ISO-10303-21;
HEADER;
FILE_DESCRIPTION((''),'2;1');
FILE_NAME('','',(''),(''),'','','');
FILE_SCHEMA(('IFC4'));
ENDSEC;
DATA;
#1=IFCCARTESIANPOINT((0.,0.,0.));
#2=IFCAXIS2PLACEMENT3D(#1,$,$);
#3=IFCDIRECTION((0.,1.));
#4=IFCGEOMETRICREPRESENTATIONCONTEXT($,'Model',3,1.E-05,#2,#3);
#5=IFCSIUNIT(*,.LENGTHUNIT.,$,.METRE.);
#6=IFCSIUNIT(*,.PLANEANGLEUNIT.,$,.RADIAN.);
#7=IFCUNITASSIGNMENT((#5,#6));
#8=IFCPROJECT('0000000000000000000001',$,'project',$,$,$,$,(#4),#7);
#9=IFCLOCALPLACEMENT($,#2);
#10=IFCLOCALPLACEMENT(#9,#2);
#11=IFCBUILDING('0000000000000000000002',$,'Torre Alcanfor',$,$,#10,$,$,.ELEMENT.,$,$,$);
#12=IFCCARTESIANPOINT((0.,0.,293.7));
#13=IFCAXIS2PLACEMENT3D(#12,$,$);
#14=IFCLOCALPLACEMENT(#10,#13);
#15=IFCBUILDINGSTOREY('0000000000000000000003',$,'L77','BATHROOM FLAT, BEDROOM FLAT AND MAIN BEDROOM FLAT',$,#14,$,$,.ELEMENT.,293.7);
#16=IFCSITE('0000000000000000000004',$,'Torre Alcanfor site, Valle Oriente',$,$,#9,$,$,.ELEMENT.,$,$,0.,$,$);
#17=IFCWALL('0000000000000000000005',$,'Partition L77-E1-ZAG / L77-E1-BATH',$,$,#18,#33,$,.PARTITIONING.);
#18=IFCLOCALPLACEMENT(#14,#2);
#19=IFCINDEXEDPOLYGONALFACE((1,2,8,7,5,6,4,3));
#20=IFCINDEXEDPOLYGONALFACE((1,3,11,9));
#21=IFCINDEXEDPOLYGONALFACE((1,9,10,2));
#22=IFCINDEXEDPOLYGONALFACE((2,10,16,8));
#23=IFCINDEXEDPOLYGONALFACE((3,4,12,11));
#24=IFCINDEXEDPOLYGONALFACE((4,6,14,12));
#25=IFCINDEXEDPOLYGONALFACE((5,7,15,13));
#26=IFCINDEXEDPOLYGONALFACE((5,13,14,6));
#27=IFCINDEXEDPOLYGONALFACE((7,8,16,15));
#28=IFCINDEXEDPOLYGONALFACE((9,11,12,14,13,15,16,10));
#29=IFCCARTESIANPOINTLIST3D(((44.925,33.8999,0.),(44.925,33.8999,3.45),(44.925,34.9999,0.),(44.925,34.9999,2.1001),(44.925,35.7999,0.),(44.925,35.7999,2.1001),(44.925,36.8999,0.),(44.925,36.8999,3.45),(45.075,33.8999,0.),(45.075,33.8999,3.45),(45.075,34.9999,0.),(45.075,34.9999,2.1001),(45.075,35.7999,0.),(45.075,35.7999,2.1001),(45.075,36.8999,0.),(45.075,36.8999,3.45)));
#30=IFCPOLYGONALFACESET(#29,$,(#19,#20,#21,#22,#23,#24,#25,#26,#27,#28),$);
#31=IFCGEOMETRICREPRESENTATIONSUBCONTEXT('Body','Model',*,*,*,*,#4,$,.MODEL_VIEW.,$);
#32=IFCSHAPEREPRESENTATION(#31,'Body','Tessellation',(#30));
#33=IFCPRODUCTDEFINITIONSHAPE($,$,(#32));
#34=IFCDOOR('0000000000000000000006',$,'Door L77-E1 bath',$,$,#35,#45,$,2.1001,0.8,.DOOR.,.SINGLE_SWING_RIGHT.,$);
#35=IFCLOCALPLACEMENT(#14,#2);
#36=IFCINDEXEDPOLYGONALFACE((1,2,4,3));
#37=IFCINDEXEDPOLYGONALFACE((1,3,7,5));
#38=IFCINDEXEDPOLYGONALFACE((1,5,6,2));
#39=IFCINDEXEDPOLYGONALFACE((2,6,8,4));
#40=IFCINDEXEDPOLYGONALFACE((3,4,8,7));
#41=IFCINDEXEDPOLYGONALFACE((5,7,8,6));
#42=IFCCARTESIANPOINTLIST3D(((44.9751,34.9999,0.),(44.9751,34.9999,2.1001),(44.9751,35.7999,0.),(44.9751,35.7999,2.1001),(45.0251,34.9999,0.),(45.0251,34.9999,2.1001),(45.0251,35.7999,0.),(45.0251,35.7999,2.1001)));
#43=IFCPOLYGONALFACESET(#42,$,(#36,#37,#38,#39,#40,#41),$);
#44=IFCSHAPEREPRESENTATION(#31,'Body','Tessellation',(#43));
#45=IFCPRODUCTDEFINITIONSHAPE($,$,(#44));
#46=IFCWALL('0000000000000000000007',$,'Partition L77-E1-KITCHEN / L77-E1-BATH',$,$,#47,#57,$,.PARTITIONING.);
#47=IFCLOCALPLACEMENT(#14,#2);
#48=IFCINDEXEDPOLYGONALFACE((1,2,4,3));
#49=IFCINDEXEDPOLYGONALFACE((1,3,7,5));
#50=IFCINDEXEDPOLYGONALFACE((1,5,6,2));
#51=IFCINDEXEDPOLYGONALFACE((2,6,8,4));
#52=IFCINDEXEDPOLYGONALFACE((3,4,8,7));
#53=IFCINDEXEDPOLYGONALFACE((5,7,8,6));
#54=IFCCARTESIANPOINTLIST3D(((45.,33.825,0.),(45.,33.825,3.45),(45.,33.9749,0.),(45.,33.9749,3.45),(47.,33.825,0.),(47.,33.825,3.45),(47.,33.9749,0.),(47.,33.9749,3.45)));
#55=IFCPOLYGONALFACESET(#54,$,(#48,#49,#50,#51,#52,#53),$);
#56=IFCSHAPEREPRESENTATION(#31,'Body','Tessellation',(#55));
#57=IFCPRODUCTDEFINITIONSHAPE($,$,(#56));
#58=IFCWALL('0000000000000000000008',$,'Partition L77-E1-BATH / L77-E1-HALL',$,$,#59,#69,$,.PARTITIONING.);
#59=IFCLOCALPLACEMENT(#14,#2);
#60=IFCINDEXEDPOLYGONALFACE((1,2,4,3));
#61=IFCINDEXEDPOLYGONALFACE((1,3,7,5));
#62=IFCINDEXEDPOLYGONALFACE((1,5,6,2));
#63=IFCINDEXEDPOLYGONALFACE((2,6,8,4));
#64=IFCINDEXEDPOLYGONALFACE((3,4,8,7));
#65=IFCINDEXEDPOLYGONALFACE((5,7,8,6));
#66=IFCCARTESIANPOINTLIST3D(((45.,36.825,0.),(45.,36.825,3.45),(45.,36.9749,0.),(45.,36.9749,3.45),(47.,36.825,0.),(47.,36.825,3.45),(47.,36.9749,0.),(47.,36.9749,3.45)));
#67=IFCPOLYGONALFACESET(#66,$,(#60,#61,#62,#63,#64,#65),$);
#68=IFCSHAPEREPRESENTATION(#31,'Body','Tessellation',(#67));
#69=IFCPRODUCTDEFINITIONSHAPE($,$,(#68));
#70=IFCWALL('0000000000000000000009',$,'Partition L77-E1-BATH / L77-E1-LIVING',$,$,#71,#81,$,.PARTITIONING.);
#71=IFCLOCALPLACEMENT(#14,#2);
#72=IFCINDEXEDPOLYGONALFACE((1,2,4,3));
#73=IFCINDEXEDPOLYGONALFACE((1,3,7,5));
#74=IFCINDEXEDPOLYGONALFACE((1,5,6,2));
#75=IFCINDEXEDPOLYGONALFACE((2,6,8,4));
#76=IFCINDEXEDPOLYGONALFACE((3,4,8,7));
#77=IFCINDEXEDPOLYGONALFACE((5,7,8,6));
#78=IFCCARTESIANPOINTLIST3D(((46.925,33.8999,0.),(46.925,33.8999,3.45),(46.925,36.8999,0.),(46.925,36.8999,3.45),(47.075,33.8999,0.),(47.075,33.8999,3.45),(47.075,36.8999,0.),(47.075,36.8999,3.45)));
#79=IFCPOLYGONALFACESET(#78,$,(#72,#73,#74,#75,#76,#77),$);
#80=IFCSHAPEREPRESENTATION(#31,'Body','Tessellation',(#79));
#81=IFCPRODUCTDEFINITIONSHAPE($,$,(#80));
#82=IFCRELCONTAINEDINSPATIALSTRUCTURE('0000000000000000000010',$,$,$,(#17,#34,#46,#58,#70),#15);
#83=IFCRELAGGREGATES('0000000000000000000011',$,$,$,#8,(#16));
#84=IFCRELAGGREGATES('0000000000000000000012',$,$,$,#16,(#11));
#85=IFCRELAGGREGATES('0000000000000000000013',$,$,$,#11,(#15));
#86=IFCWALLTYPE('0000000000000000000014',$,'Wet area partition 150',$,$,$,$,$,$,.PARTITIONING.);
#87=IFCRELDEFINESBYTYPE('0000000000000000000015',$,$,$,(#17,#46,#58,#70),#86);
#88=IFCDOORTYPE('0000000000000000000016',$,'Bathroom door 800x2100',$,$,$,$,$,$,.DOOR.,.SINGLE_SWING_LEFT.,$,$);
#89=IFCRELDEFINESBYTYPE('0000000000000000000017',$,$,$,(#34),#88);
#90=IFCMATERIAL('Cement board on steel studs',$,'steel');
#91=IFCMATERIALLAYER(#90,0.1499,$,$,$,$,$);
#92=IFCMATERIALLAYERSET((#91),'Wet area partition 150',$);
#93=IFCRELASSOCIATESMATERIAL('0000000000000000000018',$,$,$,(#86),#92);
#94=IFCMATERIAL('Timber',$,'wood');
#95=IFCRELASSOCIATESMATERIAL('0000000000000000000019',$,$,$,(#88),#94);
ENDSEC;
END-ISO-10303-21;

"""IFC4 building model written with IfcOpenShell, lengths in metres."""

from ifc_helpers import new_model, si_unit, direction, frame, frame_2d, origin, place, context, subcontext, project, spatial, rectangle, extrude, material, layer, layer_set, type_object, element, fill, save


model = new_model("IFC4")

# Units and contexts
model_context = context("Model", 3, precision=1e-05, world=origin(), true_north=direction((0.0, 1.0)))
body_context = subcontext(model_context, "Body", "Model", "MODEL_VIEW")
ifc_project = project(units=[si_unit("LENGTHUNIT", "METRE"), si_unit("PLANEANGLEUNIT", "RADIAN")], contexts=[model_context])

# Site, building, storey
site_placement = place(None, origin())
site = spatial("IfcSite", under=ifc_project, at=site_placement, Name="Torre Alcanfor site, Valle Oriente", CompositionType="ELEMENT", RefElevation=0.0)
building_placement = place(site_placement, origin())
building = spatial("IfcBuilding", under=site, at=building_placement, Name="Torre Alcanfor", CompositionType="ELEMENT")
storey_placement = place(building_placement, frame((0.0, 0.0, 293.7)))
storey = spatial("IfcBuildingStorey", under=building, at=storey_placement, Name="L77", Description="BATHROOM FLAT, BEDROOM FLAT AND MAIN BEDROOM FLAT", CompositionType="ELEMENT", Elevation=293.7)

# Wall, opening, door
ifc_material_1 = material(Name="Cement board on steel studs", Category="steel")
ifc_layer_1 = layer(ifc_material_1, 0.1499)
ifc_layer_set_1 = layer_set([ifc_layer_1], Name="Wet area partition 150")
wall_type_1 = type_object("IfcWallType", Name="Wet area partition 150", PredefinedType="PARTITIONING", material=ifc_layer_set_1)
wall_1_placement = place(storey_placement, frame((45.0, 33.8999, 0.0), z_axis=(0.0, 0.0, 1.0), x_axis=(0.0, 1.0, 0.0)))
wall_1 = element("IfcWall", 1, at=wall_1_placement, inside=storey, type_object=wall_type_1, Name="Partition L77-E1-ZAG / L77-E1-BATH", PredefinedType="PARTITIONING", context=body_context, shape_type="SweptSolid", body=[
    extrude(rectangle(XDim=3.0, YDim=0.1499, at=frame_2d((1.5, 0.0))), origin(), (0.0, 0.0, 1.0), 3.45),
])
opening_1_placement = place(wall_1_placement, frame((1.1001, 0.0, 0.0)))
opening_1 = element("IfcOpeningElement", 2, at=opening_1_placement, cuts=wall_1, PredefinedType="OPENING", context=body_context, shape_type="SweptSolid", body=[
    extrude(rectangle(XDim=0.8, YDim=2.1001, at=frame_2d((0.3999, 1.05))), frame((0.0, 0.085, 0.0), z_axis=(0.0, -1.0, 0.0), x_axis=(1.0, 0.0, 0.0)), (0.0, 0.0, 1.0), 0.1699),
])
ifc_material_2 = material(Name="Timber", Category="wood")
door_type_1 = type_object("IfcDoorType", Name="Bathroom door 800x2100", OperationType="SINGLE_SWING_LEFT", PredefinedType="DOOR", material=ifc_material_2)
door_1_placement = place(opening_1_placement, frame((0.8, 0.0, 0.0), z_axis=(0.0, 0.0, 1.0), x_axis=(-1.0, 0.0, 0.0)))
door_1 = element("IfcDoor", 3, at=door_1_placement, inside=storey, type_object=door_type_1, Name="Door L77-E1 bath", OperationType="SINGLE_SWING_RIGHT", OverallHeight=2.1001, OverallWidth=0.8, PredefinedType="DOOR", context=body_context, shape_type="SweptSolid", body=[
    extrude(rectangle(XDim=0.8, YDim=2.1001, at=frame_2d((0.4001, 1.05))), frame((0.0, 0.0251, 0.0), z_axis=(0.0, -1.0, 0.0), x_axis=(1.0, 0.0, 0.0)), (0.0, 0.0, 1.0), 0.05),
])
fill(opening_1, door_1)

# Walls
for number, where, z_axis, x_axis, name in (
    (4, (47.0, 33.8999, 0.0), (0.0, 0.0, 1.0), (-1.0, 0.0, 0.0), "Partition L77-E1-KITCHEN / L77-E1-BATH"),
    (5, (47.0, 36.8999, 0.0), (0.0, 0.0, 1.0), (-1.0, 0.0, 0.0), "Partition L77-E1-BATH / L77-E1-HALL"),
):
    element("IfcWall", number, at=place(storey_placement, frame(where, z_axis=z_axis, x_axis=x_axis)), inside=storey, type_object=wall_type_1, Name=name, PredefinedType="PARTITIONING", context=body_context, shape_type="SweptSolid", body=[
        extrude(rectangle(XDim=2.0, YDim=0.1499, at=frame_2d((1.0, 0.0))), origin(), (0.0, 0.0, 1.0), 3.45),
    ])
wall_2_placement = place(storey_placement, frame((47.0, 33.8999, 0.0), z_axis=(0.0, 0.0, 1.0), x_axis=(0.0, 1.0, 0.0)))
element("IfcWall", 6, at=wall_2_placement, inside=storey, type_object=wall_type_1, Name="Partition L77-E1-BATH / L77-E1-LIVING", PredefinedType="PARTITIONING", context=body_context, shape_type="SweptSolid", body=[
    extrude(rectangle(XDim=3.0, YDim=0.1499, at=frame_2d((1.5, 0.0))), origin(), (0.0, 0.0, 1.0), 3.45),
])

save(model, "model.ifc")
